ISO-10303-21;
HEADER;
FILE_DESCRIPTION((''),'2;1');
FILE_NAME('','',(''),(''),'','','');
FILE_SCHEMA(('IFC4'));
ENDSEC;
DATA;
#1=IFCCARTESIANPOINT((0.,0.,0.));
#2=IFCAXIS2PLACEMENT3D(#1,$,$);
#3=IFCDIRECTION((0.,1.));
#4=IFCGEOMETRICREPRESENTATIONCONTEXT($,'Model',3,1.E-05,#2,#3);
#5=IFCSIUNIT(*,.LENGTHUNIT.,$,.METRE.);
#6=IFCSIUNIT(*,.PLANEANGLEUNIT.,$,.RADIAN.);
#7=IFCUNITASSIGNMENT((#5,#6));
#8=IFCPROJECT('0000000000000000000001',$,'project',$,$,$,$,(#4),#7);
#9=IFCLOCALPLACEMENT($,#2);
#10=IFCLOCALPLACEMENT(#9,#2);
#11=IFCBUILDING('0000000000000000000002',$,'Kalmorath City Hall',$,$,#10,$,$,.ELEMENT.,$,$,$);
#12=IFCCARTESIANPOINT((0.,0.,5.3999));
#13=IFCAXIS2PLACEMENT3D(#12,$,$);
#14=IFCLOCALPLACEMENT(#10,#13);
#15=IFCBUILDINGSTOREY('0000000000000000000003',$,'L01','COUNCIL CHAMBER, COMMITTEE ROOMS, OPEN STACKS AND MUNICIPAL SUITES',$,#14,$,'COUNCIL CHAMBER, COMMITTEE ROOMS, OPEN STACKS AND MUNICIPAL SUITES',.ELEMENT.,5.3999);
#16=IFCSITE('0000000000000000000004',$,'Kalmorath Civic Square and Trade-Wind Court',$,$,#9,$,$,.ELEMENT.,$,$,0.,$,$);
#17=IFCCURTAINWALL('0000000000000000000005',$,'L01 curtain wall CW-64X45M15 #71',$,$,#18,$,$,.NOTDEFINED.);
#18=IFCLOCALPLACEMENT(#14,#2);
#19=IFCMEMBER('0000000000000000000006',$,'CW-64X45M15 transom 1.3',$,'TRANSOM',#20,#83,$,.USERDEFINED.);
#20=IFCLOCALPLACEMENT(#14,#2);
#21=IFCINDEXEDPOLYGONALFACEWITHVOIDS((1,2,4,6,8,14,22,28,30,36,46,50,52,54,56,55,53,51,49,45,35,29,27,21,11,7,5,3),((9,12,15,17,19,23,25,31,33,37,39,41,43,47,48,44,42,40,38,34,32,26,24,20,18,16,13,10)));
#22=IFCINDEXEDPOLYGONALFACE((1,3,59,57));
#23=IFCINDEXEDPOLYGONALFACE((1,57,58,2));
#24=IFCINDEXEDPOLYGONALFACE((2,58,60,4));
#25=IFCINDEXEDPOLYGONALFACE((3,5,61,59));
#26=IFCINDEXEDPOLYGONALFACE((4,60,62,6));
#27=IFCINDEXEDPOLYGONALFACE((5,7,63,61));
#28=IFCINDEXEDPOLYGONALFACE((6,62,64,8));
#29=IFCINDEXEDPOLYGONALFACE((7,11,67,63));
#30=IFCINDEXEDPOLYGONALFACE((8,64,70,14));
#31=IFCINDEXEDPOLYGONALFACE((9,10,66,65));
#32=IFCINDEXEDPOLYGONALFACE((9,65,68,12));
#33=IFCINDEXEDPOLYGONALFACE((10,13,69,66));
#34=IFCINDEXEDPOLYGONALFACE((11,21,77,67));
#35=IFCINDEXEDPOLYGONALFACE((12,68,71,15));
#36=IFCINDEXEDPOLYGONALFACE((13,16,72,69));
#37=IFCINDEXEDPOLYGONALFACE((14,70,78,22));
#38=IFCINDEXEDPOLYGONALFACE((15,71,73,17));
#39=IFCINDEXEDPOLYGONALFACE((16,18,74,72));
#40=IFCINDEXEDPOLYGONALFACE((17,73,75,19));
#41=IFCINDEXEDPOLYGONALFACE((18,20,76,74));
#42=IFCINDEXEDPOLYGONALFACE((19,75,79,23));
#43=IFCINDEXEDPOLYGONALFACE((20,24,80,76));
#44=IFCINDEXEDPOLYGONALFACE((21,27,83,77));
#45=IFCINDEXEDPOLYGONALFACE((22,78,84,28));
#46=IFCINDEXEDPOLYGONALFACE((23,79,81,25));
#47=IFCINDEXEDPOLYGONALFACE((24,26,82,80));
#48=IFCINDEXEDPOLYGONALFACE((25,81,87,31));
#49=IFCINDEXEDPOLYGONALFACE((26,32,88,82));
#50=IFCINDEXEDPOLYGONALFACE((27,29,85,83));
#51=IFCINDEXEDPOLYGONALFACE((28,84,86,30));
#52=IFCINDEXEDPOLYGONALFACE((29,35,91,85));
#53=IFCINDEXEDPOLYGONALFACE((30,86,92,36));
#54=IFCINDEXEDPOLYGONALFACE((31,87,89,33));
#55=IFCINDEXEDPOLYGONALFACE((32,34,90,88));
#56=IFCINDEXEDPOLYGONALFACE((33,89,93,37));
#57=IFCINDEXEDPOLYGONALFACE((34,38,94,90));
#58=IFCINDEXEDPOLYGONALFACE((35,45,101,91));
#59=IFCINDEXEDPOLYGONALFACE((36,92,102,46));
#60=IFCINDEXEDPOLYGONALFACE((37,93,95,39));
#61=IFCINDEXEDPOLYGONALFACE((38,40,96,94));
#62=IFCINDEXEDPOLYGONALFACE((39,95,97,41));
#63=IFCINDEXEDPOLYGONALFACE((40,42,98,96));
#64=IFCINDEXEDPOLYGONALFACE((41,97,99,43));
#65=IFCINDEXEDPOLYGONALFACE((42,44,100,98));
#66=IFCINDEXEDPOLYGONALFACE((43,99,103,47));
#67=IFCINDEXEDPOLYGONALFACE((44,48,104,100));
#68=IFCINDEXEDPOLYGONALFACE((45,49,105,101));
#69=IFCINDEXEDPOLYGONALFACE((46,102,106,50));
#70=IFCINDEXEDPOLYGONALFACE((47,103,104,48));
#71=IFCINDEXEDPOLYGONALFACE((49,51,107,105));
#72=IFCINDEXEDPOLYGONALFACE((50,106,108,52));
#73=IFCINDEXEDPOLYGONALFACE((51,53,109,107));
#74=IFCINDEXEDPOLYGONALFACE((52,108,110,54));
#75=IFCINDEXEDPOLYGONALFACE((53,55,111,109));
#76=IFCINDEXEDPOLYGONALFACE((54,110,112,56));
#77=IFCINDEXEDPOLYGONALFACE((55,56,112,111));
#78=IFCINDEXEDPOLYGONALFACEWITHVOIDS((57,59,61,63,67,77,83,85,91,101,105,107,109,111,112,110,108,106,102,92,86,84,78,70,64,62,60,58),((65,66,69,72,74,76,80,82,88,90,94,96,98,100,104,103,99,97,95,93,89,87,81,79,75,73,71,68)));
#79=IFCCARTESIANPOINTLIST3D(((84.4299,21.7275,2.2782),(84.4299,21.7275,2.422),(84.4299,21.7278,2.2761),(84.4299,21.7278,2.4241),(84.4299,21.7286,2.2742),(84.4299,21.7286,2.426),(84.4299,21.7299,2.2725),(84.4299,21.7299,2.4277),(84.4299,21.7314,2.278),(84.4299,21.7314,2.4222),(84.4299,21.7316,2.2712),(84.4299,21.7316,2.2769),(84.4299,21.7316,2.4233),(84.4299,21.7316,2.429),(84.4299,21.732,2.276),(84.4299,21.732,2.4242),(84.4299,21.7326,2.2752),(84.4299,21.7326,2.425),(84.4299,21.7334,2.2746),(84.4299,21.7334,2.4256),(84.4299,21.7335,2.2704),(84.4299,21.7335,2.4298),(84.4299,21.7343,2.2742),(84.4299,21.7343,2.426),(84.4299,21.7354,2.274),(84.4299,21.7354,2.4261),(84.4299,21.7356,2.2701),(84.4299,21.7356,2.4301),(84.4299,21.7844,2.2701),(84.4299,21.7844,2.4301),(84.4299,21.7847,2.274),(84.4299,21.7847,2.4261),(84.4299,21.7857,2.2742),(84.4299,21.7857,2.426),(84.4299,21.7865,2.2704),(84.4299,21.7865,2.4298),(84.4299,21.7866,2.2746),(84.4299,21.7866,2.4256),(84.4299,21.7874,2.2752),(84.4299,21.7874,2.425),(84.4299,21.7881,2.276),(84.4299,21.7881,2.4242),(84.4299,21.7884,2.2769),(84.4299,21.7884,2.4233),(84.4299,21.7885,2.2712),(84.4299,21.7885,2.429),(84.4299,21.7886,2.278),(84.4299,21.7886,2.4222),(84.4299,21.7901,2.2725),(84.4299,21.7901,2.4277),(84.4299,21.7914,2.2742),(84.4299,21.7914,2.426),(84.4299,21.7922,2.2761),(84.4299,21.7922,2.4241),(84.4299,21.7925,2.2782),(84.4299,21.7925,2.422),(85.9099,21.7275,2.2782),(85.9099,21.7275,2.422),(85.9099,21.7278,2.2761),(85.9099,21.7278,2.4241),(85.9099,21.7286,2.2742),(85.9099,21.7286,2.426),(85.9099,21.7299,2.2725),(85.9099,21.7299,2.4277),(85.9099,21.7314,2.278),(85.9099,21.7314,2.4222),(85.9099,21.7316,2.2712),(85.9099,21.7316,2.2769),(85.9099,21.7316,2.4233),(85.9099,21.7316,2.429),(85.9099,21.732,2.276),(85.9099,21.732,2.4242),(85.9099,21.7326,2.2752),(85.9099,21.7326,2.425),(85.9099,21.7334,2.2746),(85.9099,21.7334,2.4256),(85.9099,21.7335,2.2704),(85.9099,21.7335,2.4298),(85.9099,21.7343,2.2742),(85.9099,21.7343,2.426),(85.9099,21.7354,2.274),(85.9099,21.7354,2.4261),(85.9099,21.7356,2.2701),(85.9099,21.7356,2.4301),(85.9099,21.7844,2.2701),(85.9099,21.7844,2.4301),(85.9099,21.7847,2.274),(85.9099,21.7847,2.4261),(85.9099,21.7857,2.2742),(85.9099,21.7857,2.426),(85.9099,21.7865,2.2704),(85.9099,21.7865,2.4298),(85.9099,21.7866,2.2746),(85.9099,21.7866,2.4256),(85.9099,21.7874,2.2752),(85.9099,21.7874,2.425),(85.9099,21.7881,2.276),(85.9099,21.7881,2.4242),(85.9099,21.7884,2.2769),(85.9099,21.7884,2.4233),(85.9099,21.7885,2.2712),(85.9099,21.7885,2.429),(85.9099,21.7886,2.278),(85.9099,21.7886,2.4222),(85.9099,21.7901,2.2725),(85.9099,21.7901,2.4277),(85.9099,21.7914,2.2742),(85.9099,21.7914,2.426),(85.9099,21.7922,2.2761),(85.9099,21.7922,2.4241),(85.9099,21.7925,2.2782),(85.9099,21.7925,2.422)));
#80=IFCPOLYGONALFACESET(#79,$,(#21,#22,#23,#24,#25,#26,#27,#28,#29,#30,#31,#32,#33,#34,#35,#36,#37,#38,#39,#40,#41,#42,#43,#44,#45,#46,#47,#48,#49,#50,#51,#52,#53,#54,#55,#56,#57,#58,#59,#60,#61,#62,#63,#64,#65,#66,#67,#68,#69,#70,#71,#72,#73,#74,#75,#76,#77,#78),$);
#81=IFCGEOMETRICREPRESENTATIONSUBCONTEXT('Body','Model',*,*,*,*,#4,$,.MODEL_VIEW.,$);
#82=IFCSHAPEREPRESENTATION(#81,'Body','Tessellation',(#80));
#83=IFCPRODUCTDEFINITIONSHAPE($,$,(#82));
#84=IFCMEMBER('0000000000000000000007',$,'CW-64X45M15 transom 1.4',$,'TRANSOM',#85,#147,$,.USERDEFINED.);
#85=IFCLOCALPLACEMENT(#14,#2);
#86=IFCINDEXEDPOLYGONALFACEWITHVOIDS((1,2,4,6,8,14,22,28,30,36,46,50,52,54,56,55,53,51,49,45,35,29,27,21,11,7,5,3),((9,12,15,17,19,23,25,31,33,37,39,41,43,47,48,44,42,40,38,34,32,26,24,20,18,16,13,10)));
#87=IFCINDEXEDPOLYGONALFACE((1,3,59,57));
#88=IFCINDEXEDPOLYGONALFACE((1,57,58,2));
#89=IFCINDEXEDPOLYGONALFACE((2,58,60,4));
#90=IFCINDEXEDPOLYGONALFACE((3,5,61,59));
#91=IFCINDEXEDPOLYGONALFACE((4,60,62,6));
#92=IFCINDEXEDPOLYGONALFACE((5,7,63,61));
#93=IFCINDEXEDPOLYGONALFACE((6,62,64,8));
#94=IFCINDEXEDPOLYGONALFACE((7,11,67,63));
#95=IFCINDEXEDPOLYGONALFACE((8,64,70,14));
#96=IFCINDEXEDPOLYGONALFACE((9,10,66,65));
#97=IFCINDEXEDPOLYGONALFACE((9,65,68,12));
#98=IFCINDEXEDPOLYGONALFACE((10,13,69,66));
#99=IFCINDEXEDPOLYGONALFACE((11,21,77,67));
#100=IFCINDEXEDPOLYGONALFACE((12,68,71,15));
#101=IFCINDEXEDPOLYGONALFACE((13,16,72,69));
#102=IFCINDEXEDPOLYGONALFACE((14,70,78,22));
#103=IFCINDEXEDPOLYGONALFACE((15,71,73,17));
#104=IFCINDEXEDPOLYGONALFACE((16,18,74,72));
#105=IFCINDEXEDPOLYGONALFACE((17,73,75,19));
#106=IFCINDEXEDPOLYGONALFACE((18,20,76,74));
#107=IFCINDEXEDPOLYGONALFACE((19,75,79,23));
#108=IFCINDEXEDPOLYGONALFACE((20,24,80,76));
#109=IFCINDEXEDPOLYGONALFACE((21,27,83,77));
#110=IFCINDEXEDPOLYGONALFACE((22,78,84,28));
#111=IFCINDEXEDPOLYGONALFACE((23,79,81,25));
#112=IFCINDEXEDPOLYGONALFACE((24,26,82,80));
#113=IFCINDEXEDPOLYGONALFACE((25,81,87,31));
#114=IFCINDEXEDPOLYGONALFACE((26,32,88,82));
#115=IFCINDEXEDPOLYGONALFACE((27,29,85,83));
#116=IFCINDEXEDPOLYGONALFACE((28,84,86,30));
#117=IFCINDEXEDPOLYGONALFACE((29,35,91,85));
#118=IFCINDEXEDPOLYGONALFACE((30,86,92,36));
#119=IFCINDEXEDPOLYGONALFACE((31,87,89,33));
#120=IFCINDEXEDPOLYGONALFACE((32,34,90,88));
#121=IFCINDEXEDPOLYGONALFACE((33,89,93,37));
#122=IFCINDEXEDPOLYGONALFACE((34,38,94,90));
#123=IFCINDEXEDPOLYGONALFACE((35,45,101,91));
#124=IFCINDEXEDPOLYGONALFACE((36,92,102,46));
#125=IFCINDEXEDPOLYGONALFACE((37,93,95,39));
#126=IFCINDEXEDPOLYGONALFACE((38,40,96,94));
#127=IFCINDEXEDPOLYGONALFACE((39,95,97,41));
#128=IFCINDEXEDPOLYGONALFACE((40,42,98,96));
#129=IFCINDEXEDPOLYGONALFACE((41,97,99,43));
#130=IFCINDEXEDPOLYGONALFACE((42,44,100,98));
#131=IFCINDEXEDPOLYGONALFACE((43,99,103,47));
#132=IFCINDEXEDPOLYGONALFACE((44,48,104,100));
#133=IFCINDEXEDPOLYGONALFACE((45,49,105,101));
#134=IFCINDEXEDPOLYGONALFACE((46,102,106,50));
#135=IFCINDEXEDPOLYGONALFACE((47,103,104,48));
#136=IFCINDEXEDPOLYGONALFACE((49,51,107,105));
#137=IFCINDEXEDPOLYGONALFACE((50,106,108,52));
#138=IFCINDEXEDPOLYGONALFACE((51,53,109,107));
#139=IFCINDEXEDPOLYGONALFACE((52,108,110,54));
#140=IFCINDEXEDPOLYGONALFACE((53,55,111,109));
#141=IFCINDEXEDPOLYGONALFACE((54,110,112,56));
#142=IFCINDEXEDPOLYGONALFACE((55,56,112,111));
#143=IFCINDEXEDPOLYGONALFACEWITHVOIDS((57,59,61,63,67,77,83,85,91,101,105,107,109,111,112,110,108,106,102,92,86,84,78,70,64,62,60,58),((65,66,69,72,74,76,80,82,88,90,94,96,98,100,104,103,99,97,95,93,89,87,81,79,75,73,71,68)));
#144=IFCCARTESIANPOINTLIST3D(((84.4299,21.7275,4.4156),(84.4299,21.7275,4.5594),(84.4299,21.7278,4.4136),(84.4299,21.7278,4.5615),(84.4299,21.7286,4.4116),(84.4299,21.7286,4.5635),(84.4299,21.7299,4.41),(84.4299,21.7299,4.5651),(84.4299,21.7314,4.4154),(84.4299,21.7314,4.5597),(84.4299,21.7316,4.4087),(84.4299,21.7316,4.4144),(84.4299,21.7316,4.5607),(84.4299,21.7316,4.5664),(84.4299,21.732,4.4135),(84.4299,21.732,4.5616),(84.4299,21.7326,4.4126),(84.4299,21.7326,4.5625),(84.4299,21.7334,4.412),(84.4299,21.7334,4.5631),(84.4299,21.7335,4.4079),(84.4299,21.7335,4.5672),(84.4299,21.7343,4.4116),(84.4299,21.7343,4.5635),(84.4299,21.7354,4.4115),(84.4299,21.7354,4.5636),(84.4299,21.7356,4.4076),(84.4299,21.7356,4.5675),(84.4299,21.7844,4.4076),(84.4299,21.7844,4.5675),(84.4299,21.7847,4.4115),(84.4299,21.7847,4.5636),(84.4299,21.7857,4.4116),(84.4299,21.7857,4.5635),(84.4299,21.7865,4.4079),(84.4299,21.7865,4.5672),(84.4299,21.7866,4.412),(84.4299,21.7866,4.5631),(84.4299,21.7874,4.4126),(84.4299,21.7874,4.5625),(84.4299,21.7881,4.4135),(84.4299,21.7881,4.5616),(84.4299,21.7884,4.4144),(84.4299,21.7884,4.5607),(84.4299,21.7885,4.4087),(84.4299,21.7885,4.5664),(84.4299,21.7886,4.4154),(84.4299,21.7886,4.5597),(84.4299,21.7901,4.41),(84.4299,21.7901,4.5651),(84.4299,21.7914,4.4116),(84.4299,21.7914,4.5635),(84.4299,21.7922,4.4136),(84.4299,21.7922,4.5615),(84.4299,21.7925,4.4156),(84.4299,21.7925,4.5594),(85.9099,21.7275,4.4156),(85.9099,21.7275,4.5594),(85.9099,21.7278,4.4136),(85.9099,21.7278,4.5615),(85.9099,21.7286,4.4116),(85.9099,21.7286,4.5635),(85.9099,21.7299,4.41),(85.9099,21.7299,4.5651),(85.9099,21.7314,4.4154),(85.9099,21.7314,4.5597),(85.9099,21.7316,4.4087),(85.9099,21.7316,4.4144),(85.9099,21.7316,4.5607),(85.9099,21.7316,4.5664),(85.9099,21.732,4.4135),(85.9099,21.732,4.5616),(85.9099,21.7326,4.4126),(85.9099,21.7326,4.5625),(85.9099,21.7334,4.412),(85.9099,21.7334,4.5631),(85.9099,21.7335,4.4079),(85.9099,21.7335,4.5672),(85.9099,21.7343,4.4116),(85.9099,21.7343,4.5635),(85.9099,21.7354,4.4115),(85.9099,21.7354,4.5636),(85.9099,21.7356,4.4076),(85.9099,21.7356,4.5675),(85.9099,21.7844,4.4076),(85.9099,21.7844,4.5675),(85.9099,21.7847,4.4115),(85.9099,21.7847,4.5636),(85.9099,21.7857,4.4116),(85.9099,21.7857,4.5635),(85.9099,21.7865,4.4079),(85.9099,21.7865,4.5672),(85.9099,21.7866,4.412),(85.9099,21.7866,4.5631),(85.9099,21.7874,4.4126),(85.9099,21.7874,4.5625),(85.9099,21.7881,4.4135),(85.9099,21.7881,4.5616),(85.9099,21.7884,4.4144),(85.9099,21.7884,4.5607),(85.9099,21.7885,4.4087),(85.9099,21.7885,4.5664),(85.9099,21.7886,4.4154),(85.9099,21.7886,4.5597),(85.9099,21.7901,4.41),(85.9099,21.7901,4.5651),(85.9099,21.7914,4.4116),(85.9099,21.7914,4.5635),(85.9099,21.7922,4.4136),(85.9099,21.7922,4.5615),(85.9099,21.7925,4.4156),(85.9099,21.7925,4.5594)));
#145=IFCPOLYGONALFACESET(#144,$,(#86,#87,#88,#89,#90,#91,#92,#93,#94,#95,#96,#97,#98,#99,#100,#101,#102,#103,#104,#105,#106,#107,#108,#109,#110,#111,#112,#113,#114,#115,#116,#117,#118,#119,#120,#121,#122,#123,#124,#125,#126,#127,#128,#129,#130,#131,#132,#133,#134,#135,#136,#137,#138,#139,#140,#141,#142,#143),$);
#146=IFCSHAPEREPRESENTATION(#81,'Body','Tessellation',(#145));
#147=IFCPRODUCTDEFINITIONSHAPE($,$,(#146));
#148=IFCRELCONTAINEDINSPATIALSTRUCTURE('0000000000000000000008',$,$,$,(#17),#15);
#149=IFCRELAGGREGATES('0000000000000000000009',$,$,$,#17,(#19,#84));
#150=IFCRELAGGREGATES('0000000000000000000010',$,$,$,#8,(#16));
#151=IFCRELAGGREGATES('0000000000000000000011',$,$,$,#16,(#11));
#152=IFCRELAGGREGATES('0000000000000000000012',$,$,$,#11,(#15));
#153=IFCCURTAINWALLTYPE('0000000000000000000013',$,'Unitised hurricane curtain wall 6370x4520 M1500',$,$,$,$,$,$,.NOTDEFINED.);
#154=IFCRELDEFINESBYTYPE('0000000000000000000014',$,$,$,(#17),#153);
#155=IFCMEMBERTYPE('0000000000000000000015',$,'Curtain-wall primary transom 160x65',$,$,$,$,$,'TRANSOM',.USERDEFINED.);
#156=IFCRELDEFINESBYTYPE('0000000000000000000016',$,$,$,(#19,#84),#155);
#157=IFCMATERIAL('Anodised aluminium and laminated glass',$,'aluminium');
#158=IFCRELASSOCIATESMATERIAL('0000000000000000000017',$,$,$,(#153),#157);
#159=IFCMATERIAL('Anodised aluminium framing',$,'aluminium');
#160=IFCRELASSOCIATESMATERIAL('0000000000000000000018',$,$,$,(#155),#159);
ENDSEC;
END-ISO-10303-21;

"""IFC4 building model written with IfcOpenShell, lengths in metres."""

from ifc_helpers import new_model, si_unit, direction, frame, origin, origin_2d, place, context, subcontext, project, spatial, hollow_rectangle, extrude, material, material_profile, profile_set, type_object, element, aggregate, save


model = new_model("IFC4")

# Units and contexts
model_context = context("Model", 3, precision=1e-05, world=origin(), true_north=direction((0.0, 1.0)))
body_context = subcontext(model_context, "Body", "Model", "MODEL_VIEW")
ifc_project = project(units=[si_unit("LENGTHUNIT", "METRE"), si_unit("PLANEANGLEUNIT", "RADIAN")], contexts=[model_context])

# Site, building, storey
site_placement = place(None, origin())
site = spatial("IfcSite", under=ifc_project, at=site_placement, Name="Kalmorath Civic Square and Trade-Wind Court", CompositionType="ELEMENT", RefElevation=0.0)
building_placement = place(site_placement, origin())
building = spatial("IfcBuilding", under=site, at=building_placement, Name="Kalmorath City Hall", CompositionType="ELEMENT")
storey_placement = place(building_placement, frame((0.0, 0.0, 5.3999)))
storey = spatial("IfcBuildingStorey", under=building, at=storey_placement, Name="L01", Description="COUNCIL CHAMBER, COMMITTEE ROOMS, OPEN STACKS AND MUNICIPAL SUITES", LongName="COUNCIL CHAMBER, COMMITTEE ROOMS, OPEN STACKS AND MUNICIPAL SUITES", CompositionType="ELEMENT", Elevation=5.3999)

# Curtain wall
ifc_material_1 = material(Name="Anodised aluminium and laminated glass", Category="aluminium")
curtain_wall_type_1 = type_object("IfcCurtainWallType", Name="Unitised hurricane curtain wall 6370x4520 M1500", PredefinedType="NOTDEFINED", material=ifc_material_1)
curtain_wall_1_placement = place(storey_placement, origin())
curtain_wall_1 = element("IfcCurtainWall", 1, at=curtain_wall_1_placement, inside=storey, type_object=curtain_wall_type_1, Name="L01 curtain wall CW-64X45M15 #71", PredefinedType="NOTDEFINED")

# Members
ifc_material_2 = material(Name="Anodised aluminium framing", Category="aluminium")
ifc_material_profile_1 = material_profile(ifc_material_2, hollow_rectangle(XDim=0.0649, YDim=0.1599, WallThickness=0.0039, InnerFilletRadius=0.0039, OuterFilletRadius=0.0081, at=origin_2d()), Name="ALU-TRN-160X65X4")
ifc_profile_set_1 = profile_set([ifc_material_profile_1], Name="Anodised aluminium framing")
member_type_1 = type_object("IfcMemberType", Name="Curtain-wall primary transom 160x65", ElementType="TRANSOM", PredefinedType="USERDEFINED", material=ifc_profile_set_1)
member_1_placement = place(storey_placement, frame((85.9099, 21.76, 2.3501), z_axis=(-1.0, 0.0, 0.0), x_axis=(0.0, -1.0, 0.0)))
member_1 = element("IfcMember", 2, at=member_1_placement, type_object=member_type_1, Name="CW-64X45M15 transom 1.3", ObjectType="TRANSOM", PredefinedType="USERDEFINED", context=body_context, shape_type="SweptSolid", body=[
    extrude(hollow_rectangle(XDim=0.0649, YDim=0.1599, WallThickness=0.0039, InnerFilletRadius=0.0039, OuterFilletRadius=0.0081, at=origin_2d()), origin(), (0.0, 0.0, 1.0), 1.48),
])
member_2_placement = place(storey_placement, frame((85.9099, 21.76, 4.4875), z_axis=(-1.0, 0.0, 0.0), x_axis=(0.0, -1.0, 0.0)))
member_2 = element("IfcMember", 3, at=member_2_placement, type_object=member_type_1, Name="CW-64X45M15 transom 1.4", ObjectType="TRANSOM", PredefinedType="USERDEFINED", context=body_context, shape_type="SweptSolid", body=[
    extrude(hollow_rectangle(XDim=0.0649, YDim=0.1599, WallThickness=0.0039, InnerFilletRadius=0.0039, OuterFilletRadius=0.0081, at=origin_2d()), origin(), (0.0, 0.0, 1.0), 1.48),
])

aggregate(curtain_wall_1, [member_1, member_2])

save(model, "model.ifc")
